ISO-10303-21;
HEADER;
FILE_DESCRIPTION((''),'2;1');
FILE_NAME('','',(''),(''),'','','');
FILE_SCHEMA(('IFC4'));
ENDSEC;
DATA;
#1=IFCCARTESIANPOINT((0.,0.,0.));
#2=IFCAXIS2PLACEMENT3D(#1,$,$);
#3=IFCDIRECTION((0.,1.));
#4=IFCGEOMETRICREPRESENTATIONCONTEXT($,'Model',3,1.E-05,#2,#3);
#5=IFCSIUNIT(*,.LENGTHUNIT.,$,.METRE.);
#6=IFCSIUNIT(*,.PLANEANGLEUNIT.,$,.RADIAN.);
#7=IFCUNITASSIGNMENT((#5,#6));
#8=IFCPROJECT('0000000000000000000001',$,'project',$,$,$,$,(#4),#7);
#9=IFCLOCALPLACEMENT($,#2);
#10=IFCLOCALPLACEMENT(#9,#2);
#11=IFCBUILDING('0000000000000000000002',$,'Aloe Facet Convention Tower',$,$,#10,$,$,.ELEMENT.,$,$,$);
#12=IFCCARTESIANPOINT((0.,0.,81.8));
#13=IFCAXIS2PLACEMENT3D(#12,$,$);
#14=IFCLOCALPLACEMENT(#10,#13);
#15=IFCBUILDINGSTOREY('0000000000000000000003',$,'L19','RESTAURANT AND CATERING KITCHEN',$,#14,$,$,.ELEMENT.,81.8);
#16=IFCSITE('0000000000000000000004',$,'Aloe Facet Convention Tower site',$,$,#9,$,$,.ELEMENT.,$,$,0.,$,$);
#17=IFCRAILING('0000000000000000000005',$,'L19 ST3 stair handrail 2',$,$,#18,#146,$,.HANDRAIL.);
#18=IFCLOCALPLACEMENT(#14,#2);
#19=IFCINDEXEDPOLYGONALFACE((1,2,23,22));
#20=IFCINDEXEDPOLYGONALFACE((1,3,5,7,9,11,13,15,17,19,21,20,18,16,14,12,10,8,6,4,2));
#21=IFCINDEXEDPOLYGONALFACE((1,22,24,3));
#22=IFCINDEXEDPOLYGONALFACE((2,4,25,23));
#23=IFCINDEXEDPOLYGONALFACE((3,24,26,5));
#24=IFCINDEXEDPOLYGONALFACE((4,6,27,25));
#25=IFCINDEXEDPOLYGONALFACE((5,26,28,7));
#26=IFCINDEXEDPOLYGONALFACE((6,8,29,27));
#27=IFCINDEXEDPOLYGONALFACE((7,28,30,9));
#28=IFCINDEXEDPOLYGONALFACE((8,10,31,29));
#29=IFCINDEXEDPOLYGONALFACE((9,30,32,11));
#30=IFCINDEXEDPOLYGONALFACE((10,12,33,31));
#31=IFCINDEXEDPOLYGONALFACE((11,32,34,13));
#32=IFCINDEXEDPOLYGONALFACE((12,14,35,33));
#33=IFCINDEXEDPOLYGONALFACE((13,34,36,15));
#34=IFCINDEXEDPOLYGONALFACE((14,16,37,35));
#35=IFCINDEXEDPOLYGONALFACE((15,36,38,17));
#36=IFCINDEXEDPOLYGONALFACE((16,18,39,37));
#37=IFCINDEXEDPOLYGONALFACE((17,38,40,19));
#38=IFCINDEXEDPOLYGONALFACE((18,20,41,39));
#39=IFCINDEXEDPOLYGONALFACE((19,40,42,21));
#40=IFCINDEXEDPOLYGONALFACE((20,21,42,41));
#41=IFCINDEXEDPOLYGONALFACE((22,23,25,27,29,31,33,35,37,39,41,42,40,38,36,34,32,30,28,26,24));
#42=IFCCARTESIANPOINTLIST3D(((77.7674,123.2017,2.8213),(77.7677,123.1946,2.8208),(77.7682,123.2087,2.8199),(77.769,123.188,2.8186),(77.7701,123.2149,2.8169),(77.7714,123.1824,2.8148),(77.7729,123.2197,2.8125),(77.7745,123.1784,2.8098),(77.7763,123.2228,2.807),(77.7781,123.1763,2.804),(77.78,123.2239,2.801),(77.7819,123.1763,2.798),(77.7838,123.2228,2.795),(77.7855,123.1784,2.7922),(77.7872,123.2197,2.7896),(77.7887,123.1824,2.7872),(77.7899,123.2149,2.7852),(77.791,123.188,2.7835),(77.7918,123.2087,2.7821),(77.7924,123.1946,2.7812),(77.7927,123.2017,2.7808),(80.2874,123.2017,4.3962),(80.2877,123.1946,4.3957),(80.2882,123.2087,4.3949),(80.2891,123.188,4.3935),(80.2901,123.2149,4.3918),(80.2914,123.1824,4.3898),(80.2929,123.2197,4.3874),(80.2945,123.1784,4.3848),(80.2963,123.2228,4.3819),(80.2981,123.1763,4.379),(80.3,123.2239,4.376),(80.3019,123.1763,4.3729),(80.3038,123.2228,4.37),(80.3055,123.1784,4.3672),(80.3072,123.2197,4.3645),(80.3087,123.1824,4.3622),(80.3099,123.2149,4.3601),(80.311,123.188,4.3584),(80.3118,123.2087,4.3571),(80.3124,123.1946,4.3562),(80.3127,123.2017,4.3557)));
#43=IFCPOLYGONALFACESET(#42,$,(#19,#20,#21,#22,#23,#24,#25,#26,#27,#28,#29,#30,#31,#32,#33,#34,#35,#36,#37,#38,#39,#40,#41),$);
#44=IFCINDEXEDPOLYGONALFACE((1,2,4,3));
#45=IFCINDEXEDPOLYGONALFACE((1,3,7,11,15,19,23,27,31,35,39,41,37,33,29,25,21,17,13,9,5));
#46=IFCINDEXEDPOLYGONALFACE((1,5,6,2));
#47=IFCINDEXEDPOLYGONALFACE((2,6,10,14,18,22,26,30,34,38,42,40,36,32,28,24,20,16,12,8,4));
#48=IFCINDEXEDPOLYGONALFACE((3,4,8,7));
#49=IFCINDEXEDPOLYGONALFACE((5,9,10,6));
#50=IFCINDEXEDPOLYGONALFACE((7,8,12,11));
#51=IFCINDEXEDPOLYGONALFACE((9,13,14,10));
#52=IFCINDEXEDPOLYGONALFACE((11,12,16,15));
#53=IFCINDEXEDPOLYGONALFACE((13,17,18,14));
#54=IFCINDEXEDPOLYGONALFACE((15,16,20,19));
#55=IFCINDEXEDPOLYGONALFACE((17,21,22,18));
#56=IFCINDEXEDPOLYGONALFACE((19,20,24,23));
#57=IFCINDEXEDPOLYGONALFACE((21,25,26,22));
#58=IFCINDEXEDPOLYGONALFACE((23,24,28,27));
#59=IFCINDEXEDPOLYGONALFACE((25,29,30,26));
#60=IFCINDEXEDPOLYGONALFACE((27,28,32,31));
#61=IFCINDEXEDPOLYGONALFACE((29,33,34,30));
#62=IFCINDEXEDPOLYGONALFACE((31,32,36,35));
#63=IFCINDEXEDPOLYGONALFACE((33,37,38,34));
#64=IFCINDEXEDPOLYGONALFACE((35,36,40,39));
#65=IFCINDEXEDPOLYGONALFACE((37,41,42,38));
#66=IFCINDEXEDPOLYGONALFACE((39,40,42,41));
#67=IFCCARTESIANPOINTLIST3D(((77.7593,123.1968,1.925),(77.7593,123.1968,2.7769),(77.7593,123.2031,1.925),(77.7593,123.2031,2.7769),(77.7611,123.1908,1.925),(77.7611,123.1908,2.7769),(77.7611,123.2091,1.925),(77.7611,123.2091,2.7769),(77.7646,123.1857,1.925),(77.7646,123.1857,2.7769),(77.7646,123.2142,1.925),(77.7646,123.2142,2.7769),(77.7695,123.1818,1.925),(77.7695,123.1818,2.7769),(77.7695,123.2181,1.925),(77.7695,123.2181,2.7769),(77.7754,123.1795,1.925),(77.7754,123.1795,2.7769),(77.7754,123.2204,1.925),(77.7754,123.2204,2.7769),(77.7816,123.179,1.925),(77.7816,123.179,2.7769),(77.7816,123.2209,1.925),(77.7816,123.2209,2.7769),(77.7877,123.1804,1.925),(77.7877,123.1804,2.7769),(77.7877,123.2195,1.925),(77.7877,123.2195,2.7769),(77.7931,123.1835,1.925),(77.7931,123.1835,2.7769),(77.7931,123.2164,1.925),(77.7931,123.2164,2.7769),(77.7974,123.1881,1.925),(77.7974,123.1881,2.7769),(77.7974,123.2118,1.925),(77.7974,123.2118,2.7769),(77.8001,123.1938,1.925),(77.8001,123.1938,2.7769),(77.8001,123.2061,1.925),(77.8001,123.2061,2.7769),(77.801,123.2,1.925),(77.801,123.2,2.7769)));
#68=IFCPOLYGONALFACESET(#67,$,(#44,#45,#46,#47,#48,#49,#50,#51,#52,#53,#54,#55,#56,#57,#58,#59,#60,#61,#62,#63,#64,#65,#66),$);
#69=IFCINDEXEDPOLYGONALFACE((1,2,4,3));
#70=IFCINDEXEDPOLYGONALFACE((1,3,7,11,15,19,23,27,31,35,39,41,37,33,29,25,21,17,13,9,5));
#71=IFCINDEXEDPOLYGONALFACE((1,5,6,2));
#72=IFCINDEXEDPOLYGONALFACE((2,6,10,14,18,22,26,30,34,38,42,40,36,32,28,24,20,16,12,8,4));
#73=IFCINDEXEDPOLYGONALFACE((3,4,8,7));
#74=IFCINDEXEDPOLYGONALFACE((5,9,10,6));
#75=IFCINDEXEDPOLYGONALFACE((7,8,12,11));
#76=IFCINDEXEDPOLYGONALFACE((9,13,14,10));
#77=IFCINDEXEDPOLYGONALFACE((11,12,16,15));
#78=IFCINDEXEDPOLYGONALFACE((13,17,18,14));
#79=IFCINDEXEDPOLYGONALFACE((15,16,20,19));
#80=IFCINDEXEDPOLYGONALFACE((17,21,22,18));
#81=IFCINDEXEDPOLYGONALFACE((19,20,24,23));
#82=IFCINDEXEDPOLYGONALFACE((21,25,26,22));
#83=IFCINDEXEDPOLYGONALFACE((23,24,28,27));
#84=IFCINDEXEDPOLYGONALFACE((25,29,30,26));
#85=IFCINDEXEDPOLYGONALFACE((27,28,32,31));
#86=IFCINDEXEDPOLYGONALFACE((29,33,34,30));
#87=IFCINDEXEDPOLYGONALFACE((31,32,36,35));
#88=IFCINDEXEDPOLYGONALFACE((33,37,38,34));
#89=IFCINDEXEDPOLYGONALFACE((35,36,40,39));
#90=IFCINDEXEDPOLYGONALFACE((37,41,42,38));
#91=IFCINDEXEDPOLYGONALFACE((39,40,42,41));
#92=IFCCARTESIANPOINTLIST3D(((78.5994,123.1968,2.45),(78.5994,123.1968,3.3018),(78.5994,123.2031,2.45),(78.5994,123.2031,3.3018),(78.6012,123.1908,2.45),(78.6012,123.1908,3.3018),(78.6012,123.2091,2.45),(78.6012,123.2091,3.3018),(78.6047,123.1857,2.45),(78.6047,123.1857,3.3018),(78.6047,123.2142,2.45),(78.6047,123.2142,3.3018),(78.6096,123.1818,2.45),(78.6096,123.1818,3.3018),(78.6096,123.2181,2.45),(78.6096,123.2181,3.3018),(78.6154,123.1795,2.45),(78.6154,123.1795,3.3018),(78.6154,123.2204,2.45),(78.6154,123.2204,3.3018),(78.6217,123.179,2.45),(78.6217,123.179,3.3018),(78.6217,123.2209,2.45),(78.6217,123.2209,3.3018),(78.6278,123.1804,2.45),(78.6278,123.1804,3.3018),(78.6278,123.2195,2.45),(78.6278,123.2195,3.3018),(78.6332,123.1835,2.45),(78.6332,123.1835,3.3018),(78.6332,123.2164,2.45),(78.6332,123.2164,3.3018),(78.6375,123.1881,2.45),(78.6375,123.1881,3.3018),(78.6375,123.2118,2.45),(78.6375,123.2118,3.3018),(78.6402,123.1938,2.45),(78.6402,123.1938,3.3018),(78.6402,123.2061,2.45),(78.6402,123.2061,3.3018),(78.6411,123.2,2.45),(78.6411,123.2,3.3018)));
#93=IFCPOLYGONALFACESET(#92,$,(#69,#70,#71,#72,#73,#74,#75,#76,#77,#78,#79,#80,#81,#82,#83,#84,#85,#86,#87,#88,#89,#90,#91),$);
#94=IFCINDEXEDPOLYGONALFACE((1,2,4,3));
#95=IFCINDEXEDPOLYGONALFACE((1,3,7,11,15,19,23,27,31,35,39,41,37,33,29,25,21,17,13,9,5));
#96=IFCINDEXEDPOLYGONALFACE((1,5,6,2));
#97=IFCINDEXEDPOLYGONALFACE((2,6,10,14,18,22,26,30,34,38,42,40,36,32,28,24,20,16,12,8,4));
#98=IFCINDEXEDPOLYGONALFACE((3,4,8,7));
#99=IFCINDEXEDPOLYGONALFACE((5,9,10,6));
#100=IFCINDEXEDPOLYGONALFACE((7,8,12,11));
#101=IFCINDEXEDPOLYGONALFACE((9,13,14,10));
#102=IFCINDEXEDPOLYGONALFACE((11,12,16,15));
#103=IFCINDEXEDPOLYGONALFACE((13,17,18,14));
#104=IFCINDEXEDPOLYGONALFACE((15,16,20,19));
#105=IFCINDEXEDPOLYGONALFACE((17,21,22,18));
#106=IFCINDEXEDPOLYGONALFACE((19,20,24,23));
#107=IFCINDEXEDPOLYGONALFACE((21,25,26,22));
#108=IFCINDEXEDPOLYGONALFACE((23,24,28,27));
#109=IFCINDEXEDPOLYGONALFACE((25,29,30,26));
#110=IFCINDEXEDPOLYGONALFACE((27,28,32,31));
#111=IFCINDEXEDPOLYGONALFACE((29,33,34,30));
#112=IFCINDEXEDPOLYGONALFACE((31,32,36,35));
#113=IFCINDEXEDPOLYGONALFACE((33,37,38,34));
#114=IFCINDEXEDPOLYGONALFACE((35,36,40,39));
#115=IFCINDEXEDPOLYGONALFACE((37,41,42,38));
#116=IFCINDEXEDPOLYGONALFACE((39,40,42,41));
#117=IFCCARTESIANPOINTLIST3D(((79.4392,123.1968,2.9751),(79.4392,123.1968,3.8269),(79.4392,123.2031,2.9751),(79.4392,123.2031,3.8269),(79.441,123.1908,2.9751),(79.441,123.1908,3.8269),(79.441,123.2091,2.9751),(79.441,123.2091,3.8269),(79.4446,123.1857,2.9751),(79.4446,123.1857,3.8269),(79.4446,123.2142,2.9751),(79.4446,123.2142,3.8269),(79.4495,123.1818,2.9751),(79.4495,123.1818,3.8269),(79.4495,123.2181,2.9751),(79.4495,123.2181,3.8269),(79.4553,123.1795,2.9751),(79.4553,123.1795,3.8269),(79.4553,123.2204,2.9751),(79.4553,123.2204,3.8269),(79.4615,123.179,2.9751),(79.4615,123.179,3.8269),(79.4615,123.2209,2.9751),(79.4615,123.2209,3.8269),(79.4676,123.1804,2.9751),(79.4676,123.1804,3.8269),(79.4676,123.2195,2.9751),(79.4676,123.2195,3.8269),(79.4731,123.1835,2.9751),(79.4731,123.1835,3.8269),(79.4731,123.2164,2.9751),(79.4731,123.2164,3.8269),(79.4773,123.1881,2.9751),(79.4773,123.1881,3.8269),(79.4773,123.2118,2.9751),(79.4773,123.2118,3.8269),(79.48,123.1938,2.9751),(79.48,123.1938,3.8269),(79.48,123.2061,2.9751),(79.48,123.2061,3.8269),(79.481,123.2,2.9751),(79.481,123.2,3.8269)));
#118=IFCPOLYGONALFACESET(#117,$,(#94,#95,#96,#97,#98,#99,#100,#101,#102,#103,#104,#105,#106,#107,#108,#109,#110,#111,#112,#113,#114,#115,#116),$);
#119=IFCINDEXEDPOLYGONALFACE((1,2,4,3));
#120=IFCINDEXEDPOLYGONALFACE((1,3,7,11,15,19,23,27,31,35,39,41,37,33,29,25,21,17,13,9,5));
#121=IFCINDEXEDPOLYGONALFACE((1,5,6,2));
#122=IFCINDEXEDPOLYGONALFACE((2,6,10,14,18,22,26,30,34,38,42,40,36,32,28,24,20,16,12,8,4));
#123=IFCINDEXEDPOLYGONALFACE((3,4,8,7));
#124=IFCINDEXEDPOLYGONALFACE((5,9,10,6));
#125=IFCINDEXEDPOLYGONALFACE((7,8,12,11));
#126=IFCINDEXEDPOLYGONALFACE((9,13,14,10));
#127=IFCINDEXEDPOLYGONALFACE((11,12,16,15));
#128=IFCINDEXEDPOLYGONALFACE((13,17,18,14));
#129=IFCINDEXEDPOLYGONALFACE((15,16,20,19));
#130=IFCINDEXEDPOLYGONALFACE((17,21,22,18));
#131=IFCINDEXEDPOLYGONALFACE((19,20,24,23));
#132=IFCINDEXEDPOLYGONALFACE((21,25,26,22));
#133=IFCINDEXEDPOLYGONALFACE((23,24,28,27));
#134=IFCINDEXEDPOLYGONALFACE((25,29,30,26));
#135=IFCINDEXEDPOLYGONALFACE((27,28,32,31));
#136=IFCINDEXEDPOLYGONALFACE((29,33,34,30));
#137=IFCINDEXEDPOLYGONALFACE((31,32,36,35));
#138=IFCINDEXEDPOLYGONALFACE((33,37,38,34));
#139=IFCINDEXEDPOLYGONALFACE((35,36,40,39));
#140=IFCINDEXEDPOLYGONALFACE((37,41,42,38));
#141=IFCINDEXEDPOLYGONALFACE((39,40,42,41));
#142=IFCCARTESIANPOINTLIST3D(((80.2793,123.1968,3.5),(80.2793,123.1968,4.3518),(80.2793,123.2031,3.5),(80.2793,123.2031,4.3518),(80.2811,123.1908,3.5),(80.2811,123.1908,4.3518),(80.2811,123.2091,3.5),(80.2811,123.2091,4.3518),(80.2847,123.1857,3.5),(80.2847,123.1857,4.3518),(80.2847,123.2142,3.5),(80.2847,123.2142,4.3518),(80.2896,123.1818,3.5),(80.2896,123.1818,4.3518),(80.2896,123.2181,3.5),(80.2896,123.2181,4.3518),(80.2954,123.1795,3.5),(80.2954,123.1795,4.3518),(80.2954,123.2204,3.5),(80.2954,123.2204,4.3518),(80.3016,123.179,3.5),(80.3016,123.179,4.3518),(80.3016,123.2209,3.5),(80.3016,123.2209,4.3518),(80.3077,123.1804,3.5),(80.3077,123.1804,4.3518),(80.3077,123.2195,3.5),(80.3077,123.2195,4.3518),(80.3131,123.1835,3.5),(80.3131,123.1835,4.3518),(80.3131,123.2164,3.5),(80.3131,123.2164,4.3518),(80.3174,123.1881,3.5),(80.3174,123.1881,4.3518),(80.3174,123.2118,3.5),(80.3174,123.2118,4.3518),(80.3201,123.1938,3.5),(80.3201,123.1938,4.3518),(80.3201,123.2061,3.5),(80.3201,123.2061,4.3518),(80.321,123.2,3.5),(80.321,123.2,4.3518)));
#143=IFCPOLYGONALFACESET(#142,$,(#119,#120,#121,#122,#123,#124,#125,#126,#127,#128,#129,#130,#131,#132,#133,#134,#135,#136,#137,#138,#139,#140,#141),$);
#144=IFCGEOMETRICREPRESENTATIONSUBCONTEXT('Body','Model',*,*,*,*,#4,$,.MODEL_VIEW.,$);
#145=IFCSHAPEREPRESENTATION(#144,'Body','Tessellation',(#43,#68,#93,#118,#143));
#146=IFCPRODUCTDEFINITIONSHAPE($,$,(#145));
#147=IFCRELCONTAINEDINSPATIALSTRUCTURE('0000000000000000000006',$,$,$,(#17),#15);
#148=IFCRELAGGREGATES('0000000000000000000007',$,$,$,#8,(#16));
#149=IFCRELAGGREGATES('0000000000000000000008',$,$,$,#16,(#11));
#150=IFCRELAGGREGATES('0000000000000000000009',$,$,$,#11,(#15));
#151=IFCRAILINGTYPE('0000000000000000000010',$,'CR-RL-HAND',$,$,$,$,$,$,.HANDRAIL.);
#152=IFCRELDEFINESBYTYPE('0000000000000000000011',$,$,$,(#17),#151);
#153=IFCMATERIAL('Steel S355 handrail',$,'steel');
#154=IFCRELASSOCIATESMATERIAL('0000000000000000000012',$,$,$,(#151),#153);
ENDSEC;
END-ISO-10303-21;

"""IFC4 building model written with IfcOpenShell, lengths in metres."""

from ifc_helpers import new_model, si_unit, direction, frame, origin, origin_2d, place, context, subcontext, project, spatial, circle, extrude, material, type_object, element, save


model = new_model("IFC4")

# Units and contexts
model_context = context("Model", 3, precision=1e-05, world=origin(), true_north=direction((0.0, 1.0)))
body_context = subcontext(model_context, "Body", "Model", "MODEL_VIEW")
ifc_project = project(units=[si_unit("LENGTHUNIT", "METRE"), si_unit("PLANEANGLEUNIT", "RADIAN")], contexts=[model_context])

# Site, building, storey
site_placement = place(None, origin())
site = spatial("IfcSite", under=ifc_project, at=site_placement, Name="Aloe Facet Convention Tower site", CompositionType="ELEMENT", RefElevation=0.0)
building_placement = place(site_placement, origin())
building = spatial("IfcBuilding", under=site, at=building_placement, Name="Aloe Facet Convention Tower", CompositionType="ELEMENT")
storey_placement = place(building_placement, frame((0.0, 0.0, 81.8)))
storey = spatial("IfcBuildingStorey", under=building, at=storey_placement, Name="L19", Description="RESTAURANT AND CATERING KITCHEN", CompositionType="ELEMENT", Elevation=81.8)

# Railing
ifc_material_1 = material(Name="Steel S355 handrail", Category="steel")
railing_type_1 = type_object("IfcRailingType", Name="CR-RL-HAND", PredefinedType="HANDRAIL", material=ifc_material_1)
railing_1_placement = place(storey_placement, frame((77.78, 123.2, 1.925)))
element("IfcRailing", 1, at=railing_1_placement, inside=storey, type_object=railing_type_1, Name="L19 ST3 stair handrail 2", PredefinedType="HANDRAIL", context=body_context, shape_type="SweptSolid", body=[
    extrude(circle(Radius=0.0239, at=origin_2d()), frame((0.0, 0.0, 0.876), z_axis=(0.848008, 0.0, 0.529984), x_axis=(0.0, 1.0, 0.0)), (0.0, 0.0, 1.0), 2.9717),
    extrude(circle(Radius=0.021, at=origin_2d()), origin(), (0.0, 0.0, 1.0), 0.8518),
    extrude(circle(Radius=0.021, at=origin_2d()), frame((0.8401, 0.0, 0.5249)), (0.0, 0.0, 1.0), 0.8518),
    extrude(circle(Radius=0.021, at=origin_2d()), frame((1.6799, 0.0, 1.05)), (0.0, 0.0, 1.0), 0.8518),
    extrude(circle(Radius=0.021, at=origin_2d()), frame((2.52, 0.0, 1.575)), (0.0, 0.0, 1.0), 0.8518),
])

save(model, "model.ifc")
